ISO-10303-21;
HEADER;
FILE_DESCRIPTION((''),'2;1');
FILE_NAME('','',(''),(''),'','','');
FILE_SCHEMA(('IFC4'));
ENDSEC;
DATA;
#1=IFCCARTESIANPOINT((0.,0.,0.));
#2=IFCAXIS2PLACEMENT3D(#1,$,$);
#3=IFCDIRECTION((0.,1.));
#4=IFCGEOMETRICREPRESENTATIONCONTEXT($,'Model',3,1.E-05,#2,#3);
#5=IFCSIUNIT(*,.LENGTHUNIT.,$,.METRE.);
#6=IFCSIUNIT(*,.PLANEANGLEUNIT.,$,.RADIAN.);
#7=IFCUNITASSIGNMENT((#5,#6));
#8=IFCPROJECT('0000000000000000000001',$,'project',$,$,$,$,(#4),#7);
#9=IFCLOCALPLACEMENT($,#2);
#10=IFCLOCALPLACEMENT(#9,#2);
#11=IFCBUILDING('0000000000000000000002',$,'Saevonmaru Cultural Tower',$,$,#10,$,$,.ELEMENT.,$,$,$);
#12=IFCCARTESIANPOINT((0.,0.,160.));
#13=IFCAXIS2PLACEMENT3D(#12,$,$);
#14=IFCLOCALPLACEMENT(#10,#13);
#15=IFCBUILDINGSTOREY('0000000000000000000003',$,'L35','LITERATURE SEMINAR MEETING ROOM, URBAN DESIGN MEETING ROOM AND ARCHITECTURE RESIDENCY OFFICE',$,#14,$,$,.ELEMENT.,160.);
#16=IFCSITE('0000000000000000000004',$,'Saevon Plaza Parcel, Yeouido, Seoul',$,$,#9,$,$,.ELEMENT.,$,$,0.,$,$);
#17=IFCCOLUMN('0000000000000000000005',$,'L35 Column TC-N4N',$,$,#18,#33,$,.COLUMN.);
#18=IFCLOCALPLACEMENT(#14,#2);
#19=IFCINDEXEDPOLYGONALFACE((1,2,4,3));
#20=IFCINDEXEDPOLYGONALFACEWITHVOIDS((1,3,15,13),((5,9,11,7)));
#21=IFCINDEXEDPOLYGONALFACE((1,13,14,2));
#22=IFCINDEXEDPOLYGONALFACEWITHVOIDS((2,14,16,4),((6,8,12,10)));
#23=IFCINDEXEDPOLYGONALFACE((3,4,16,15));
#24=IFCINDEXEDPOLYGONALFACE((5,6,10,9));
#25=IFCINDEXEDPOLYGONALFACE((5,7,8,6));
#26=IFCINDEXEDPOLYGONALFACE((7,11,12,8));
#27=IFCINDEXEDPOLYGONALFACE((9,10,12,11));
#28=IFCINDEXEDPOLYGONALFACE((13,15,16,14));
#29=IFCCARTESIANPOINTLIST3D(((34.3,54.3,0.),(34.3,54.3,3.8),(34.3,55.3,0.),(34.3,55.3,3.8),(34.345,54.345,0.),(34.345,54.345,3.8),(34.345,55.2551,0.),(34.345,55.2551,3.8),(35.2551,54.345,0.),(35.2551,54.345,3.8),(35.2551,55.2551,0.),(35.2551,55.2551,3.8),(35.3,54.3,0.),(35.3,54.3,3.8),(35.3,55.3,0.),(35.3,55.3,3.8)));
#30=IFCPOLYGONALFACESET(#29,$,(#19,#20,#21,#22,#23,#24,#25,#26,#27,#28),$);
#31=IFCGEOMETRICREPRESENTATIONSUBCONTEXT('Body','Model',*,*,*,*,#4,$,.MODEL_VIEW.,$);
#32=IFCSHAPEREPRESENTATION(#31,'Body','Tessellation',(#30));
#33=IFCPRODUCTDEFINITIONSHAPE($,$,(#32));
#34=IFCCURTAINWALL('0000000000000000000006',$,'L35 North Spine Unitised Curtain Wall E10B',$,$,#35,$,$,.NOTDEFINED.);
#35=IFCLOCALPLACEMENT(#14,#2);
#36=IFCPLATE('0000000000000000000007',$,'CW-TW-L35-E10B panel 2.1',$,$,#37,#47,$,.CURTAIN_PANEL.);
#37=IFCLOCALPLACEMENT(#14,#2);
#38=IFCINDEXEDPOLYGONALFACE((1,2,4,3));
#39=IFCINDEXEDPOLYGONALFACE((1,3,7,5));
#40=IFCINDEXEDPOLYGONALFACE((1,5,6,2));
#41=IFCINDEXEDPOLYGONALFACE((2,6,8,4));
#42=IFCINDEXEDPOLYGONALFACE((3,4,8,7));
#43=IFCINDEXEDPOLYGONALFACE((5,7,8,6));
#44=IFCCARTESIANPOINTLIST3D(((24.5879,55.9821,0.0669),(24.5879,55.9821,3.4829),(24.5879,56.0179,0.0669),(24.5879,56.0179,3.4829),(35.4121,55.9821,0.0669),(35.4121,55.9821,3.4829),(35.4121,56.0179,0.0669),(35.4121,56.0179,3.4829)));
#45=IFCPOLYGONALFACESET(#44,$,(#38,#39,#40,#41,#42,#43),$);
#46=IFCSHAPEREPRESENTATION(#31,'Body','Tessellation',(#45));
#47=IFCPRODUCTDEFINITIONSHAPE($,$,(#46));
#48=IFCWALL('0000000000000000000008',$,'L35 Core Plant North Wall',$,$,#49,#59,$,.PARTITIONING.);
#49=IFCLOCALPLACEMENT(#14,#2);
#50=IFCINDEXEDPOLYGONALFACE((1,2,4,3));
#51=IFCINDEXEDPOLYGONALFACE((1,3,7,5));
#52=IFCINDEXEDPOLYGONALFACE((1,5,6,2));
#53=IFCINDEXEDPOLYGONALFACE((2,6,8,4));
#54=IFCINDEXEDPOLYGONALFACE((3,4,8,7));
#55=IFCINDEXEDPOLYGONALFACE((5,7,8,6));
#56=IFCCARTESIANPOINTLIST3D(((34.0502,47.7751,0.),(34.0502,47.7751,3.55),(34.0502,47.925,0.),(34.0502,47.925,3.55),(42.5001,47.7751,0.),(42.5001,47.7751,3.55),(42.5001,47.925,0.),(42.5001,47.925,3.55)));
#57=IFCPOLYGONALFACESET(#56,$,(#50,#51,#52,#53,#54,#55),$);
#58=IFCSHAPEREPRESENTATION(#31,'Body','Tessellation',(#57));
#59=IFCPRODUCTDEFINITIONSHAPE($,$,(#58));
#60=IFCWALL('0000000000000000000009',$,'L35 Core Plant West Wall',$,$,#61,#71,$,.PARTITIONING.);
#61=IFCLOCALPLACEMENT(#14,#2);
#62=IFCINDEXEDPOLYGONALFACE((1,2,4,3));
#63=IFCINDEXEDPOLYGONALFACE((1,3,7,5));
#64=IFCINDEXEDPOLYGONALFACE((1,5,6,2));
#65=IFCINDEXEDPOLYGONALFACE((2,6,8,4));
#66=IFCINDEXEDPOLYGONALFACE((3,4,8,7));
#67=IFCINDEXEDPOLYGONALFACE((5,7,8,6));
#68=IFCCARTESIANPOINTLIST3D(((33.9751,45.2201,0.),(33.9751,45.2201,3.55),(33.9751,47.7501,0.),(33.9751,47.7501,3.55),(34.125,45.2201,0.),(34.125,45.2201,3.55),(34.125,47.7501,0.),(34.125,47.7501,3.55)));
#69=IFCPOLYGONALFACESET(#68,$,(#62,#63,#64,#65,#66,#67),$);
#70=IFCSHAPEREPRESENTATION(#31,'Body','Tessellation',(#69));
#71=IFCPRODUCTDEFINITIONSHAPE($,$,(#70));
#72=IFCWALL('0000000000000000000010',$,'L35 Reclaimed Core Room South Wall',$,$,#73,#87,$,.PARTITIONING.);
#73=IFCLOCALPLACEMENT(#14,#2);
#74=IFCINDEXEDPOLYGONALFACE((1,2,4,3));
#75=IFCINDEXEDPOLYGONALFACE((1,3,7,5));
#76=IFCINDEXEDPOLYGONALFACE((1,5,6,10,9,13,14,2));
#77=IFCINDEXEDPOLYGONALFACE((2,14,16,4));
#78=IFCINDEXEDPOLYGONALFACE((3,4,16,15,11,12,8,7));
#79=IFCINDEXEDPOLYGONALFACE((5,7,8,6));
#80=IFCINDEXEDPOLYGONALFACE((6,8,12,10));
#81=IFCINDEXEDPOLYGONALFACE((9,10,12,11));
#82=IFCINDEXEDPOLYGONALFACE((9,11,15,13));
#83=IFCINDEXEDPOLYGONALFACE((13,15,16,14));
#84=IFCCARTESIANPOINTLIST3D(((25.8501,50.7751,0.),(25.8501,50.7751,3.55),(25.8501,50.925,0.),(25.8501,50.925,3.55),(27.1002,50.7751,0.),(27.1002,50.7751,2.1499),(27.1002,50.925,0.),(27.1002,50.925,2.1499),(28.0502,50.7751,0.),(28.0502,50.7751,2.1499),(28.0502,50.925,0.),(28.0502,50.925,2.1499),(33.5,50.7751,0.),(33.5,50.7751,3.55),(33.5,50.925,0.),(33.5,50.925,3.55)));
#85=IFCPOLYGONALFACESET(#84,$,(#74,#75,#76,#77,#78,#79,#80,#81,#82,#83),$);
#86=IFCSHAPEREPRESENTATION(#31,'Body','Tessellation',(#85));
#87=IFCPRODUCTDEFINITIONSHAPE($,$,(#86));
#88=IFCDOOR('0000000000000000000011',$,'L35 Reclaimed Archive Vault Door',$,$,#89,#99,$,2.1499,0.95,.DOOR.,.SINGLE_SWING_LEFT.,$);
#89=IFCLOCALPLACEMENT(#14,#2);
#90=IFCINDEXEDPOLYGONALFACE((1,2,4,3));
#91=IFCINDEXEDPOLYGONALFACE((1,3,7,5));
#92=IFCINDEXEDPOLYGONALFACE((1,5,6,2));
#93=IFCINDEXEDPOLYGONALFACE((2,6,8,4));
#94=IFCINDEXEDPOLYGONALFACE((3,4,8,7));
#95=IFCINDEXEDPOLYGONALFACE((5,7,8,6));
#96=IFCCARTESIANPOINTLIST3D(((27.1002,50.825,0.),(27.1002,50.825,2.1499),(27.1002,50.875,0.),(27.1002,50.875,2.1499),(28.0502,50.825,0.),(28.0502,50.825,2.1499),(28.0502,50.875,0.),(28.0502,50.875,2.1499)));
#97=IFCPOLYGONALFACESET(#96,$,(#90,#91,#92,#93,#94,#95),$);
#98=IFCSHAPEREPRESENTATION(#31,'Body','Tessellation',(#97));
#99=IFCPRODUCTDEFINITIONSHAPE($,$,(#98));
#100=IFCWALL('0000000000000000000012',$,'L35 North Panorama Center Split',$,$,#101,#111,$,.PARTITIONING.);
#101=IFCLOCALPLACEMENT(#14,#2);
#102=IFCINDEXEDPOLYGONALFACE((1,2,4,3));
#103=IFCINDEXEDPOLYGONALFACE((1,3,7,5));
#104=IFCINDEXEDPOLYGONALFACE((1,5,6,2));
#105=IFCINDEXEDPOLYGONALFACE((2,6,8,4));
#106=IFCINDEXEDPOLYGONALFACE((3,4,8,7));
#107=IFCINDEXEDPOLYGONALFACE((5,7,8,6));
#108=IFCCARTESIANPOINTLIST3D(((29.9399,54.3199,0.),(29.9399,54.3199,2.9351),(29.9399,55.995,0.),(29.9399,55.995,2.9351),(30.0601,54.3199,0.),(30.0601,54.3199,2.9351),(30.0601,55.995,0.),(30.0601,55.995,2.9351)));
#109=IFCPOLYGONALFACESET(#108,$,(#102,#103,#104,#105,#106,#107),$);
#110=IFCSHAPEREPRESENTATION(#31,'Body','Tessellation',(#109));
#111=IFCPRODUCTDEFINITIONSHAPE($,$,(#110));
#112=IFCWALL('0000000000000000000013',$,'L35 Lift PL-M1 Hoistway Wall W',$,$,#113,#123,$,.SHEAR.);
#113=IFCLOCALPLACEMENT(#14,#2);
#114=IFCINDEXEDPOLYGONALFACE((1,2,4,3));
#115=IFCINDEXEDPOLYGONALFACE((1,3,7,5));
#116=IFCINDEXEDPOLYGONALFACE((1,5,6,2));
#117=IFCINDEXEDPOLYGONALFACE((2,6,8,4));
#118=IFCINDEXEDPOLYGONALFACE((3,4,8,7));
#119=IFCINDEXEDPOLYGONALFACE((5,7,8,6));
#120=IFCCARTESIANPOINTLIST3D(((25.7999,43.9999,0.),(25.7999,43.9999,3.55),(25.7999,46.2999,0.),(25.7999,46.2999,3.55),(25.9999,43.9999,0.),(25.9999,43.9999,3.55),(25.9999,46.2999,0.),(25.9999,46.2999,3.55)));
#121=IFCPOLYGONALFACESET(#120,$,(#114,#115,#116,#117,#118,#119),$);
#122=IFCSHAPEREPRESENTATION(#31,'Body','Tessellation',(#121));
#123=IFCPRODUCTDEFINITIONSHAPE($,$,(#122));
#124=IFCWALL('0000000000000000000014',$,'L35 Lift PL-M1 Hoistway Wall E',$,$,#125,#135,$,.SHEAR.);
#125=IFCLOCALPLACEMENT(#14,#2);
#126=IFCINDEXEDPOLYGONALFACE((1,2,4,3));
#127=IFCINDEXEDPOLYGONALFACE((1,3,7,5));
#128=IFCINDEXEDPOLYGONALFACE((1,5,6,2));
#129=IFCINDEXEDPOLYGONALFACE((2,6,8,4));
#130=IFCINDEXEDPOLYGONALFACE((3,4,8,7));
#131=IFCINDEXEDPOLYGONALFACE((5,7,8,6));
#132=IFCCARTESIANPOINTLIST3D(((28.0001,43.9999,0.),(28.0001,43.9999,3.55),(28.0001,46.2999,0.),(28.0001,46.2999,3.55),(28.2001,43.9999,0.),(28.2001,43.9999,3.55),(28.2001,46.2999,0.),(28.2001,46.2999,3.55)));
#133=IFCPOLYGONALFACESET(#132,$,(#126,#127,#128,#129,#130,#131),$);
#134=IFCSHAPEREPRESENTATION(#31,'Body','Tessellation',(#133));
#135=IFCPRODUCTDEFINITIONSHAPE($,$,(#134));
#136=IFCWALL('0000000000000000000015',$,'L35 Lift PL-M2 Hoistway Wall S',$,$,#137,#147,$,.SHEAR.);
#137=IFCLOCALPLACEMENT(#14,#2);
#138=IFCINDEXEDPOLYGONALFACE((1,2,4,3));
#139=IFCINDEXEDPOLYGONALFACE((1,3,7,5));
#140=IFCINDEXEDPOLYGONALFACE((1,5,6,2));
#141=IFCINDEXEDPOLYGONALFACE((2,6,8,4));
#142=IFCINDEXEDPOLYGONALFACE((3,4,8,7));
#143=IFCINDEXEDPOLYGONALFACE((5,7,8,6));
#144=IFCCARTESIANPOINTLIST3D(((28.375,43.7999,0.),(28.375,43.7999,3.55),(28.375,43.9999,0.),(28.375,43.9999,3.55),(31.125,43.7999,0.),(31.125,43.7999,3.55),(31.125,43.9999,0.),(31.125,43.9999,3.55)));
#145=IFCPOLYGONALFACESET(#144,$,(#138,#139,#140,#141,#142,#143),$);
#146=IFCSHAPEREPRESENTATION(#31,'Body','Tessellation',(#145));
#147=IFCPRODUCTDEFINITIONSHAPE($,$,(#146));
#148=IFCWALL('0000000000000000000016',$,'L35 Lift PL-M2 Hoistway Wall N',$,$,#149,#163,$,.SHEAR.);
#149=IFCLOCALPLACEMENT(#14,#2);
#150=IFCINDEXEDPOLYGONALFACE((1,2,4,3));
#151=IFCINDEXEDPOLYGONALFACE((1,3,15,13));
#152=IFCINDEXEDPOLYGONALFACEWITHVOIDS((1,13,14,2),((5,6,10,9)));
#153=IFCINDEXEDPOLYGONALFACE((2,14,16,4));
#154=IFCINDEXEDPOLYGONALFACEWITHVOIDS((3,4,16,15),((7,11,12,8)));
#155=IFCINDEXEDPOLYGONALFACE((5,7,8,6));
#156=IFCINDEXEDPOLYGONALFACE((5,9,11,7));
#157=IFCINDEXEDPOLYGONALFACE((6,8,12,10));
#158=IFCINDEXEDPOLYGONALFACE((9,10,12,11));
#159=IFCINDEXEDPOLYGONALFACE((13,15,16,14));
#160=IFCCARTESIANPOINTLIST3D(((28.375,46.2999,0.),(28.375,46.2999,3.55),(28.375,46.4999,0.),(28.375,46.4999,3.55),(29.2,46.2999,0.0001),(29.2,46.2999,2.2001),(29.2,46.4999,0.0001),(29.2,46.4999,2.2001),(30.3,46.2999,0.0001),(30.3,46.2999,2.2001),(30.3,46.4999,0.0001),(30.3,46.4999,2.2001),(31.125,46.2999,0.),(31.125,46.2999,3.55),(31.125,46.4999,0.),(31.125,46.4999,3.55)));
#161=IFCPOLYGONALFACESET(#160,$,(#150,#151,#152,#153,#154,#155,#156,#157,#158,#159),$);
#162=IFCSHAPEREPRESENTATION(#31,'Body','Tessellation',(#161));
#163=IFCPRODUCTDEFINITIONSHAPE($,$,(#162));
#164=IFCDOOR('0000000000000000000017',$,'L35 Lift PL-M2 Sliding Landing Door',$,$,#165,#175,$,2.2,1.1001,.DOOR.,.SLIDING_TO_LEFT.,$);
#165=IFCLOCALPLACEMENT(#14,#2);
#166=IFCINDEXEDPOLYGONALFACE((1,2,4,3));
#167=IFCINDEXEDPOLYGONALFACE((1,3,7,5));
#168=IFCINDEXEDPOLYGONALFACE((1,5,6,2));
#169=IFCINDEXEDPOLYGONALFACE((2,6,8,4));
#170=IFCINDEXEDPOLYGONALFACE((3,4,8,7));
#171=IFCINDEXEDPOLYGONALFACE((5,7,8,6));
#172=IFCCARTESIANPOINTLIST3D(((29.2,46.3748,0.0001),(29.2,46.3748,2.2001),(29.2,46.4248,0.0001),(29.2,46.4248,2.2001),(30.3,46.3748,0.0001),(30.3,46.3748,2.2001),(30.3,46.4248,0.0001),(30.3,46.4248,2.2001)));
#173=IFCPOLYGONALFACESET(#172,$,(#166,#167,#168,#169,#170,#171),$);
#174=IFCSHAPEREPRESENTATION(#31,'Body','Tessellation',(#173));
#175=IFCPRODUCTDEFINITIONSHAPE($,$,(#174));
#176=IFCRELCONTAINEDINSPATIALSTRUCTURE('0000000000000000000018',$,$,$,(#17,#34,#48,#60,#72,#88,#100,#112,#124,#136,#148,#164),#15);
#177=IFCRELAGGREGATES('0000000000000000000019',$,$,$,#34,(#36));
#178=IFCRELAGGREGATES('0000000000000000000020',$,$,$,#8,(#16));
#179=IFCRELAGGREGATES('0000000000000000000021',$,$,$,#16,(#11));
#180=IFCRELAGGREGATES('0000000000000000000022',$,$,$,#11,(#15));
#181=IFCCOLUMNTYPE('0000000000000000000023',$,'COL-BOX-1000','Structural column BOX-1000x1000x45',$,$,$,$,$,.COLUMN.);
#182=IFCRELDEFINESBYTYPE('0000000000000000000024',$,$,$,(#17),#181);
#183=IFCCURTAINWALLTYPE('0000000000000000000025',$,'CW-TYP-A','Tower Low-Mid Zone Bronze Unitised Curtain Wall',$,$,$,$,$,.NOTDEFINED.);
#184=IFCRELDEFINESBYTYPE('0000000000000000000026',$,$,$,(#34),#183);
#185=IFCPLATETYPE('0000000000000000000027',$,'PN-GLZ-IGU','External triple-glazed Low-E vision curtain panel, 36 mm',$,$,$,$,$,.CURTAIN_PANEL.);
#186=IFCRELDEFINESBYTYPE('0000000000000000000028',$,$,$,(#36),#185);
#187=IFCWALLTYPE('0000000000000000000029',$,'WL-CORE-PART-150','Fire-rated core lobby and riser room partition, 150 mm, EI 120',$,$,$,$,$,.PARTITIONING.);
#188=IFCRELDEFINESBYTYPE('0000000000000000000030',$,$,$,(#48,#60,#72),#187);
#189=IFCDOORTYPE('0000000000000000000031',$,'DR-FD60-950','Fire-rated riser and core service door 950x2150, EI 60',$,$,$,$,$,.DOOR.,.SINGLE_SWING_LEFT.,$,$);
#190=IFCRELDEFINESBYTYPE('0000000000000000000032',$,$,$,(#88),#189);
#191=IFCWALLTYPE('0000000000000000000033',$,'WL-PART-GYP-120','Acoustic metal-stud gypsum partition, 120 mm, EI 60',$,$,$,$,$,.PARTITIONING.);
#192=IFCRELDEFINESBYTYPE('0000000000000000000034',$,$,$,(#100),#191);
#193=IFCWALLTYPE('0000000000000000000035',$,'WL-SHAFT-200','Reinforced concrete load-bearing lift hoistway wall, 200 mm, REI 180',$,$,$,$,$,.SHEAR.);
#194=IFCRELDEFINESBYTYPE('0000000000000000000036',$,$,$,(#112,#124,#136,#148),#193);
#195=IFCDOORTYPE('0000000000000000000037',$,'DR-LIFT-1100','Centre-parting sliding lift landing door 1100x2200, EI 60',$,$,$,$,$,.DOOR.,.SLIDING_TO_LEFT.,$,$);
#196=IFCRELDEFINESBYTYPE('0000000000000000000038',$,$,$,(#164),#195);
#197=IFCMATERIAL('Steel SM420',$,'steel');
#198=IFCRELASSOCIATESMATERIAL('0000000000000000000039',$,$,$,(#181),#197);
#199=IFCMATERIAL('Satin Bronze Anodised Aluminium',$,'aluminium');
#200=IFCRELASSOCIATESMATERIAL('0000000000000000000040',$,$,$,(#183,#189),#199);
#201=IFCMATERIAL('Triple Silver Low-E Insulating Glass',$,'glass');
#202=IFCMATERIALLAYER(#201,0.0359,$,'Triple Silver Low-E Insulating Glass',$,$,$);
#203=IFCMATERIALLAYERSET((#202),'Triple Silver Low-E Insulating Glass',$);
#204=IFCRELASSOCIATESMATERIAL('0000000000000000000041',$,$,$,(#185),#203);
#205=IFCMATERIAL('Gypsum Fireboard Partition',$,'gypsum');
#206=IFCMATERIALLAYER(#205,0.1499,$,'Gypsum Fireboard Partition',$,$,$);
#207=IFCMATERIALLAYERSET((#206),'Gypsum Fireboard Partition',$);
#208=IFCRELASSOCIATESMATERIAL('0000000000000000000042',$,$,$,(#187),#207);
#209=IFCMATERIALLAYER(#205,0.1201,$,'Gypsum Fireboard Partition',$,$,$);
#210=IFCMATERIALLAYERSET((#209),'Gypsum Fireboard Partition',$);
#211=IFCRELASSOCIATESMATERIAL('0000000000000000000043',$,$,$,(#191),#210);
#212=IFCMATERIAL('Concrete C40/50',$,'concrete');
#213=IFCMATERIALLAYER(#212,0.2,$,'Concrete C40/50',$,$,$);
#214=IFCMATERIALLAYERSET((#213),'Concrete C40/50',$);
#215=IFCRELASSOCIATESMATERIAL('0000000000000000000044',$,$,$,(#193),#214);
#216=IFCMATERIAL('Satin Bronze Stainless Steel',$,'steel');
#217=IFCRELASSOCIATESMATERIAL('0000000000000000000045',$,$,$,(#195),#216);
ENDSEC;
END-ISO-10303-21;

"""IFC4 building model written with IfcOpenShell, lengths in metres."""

from ifc_helpers import new_model, si_unit, direction, frame, frame_2d, origin, origin_2d, place, context, subcontext, project, spatial, rectangle, hollow_rectangle, extrude, material, layer, layer_set, material_profile, profile_set, type_object, element, fill, aggregate, save


model = new_model("IFC4")

# Units and contexts
model_context = context("Model", 3, precision=1e-05, world=origin(), true_north=direction((0.0, 1.0)))
body_context = subcontext(model_context, "Body", "Model", "MODEL_VIEW")
ifc_project = project(units=[si_unit("LENGTHUNIT", "METRE"), si_unit("PLANEANGLEUNIT", "RADIAN")], contexts=[model_context])

# Site, building, storey
site_placement = place(None, origin())
site = spatial("IfcSite", under=ifc_project, at=site_placement, Name="Saevon Plaza Parcel, Yeouido, Seoul", CompositionType="ELEMENT", RefElevation=0.0)
building_placement = place(site_placement, origin())
building = spatial("IfcBuilding", under=site, at=building_placement, Name="Saevonmaru Cultural Tower", CompositionType="ELEMENT")
storey_placement = place(building_placement, frame((0.0, 0.0, 160.0)))
storey = spatial("IfcBuildingStorey", under=building, at=storey_placement, Name="L35", Description="LITERATURE SEMINAR MEETING ROOM, URBAN DESIGN MEETING ROOM AND ARCHITECTURE RESIDENCY OFFICE", CompositionType="ELEMENT", Elevation=160.0)

# Column
ifc_material_1 = material(Name="Steel SM420", Category="steel")
ifc_material_profile = material_profile(ifc_material_1, hollow_rectangle(XDim=1.0, YDim=1.0, WallThickness=0.0449, at=origin_2d()), Name="BOX-1000x1000x45")
ifc_profile_set = profile_set([ifc_material_profile], Name="Steel SM420")
column_type = type_object("IfcColumnType", Name="COL-BOX-1000", Description="Structural column BOX-1000x1000x45", PredefinedType="COLUMN", material=ifc_profile_set)
column_placement = place(storey_placement, frame((34.8, 54.8, 0.0), z_axis=(0.0, 0.0, 1.0), x_axis=(1.0, 0.0, 0.0)))
element("IfcColumn", 1, at=column_placement, inside=storey, type_object=column_type, Name="L35 Column TC-N4N", PredefinedType="COLUMN", context=body_context, shape_type="SweptSolid", body=[
    extrude(hollow_rectangle(XDim=1.0, YDim=1.0, WallThickness=0.0449, at=origin_2d()), origin(), (0.0, 0.0, 1.0), 3.8),
])

# Curtain wall, plate
ifc_material_2 = material(Name="Satin Bronze Anodised Aluminium", Category="aluminium")
curtain_wall_type = type_object("IfcCurtainWallType", Name="CW-TYP-A", Description="Tower Low-Mid Zone Bronze Unitised Curtain Wall", PredefinedType="NOTDEFINED", material=ifc_material_2)
curtain_wall_placement = place(storey_placement, origin())
curtain_wall = element("IfcCurtainWall", 2, at=curtain_wall_placement, inside=storey, type_object=curtain_wall_type, Name="L35 North Spine Unitised Curtain Wall E10B", PredefinedType="NOTDEFINED")
ifc_material_3 = material(Name="Triple Silver Low-E Insulating Glass", Category="glass")
ifc_layer_1 = layer(ifc_material_3, 0.0359, Name="Triple Silver Low-E Insulating Glass")
ifc_layer_set_1 = layer_set([ifc_layer_1], Name="Triple Silver Low-E Insulating Glass")
plate_type = type_object("IfcPlateType", Name="PN-GLZ-IGU", Description="External triple-glazed Low-E vision curtain panel, 36 mm", PredefinedType="CURTAIN_PANEL", material=ifc_layer_set_1)
plate_placement = place(storey_placement, frame((30.0, 56.0, 0.0669), z_axis=(0.0, 0.0, 1.0), x_axis=(-1.0, 0.0, 0.0)))
plate = element("IfcPlate", 3, at=plate_placement, type_object=plate_type, Name="CW-TW-L35-E10B panel 2.1", PredefinedType="CURTAIN_PANEL", context=body_context, shape_type="SweptSolid", body=[
    extrude(rectangle(XDim=10.8242, YDim=0.0359, at=origin_2d()), origin(), (0.0, 0.0, 1.0), 3.416),
])
aggregate(curtain_wall, [plate])

# Shared definitions
ifc_material_4 = material(Name="Gypsum Fireboard Partition", Category="gypsum")
ifc_layer_2 = layer(ifc_material_4, 0.1499, Name="Gypsum Fireboard Partition")
ifc_layer_set_2 = layer_set([ifc_layer_2], Name="Gypsum Fireboard Partition")
wall_type_1 = type_object("IfcWallType", Name="WL-CORE-PART-150", Description="Fire-rated core lobby and riser room partition, 150 mm, EI 120", PredefinedType="PARTITIONING", material=ifc_layer_set_2)

# Shared definitions
door_type_1 = type_object("IfcDoorType", Name="DR-FD60-950", Description="Fire-rated riser and core service door 950x2150, EI 60", OperationType="SINGLE_SWING_LEFT", PredefinedType="DOOR", material=ifc_material_2)

# Walls
wall_1_placement = place(storey_placement, frame((34.05, 47.8501, 0.0), z_axis=(0.0, 0.0, 1.0), x_axis=(1.0, 0.0, 0.0)))
element("IfcWall", 4, at=wall_1_placement, inside=storey, type_object=wall_type_1, Name="L35 Core Plant North Wall", PredefinedType="PARTITIONING", context=body_context, shape_type="SweptSolid", body=[
    extrude(rectangle(XDim=8.45, YDim=0.1499, at=frame_2d((4.2251, 0.0))), origin(), (0.0, 0.0, 1.0), 3.55),
])
wall_2_placement = place(storey_placement, frame((34.05, 45.22, 0.0), z_axis=(0.0, 0.0, 1.0), x_axis=(0.0, 1.0, 0.0)))
element("IfcWall", 5, at=wall_2_placement, inside=storey, type_object=wall_type_1, Name="L35 Core Plant West Wall", PredefinedType="PARTITIONING", context=body_context, shape_type="SweptSolid", body=[
    extrude(rectangle(XDim=2.53, YDim=0.1499, at=frame_2d((1.2651, 0.0))), origin(), (0.0, 0.0, 1.0), 3.55),
])

# Wall, opening, door
wall_3_placement = place(storey_placement, frame((25.8501, 50.8501, 0.0), z_axis=(0.0, 0.0, 1.0), x_axis=(1.0, 0.0, 0.0)))
wall_3 = element("IfcWall", 6, at=wall_3_placement, inside=storey, type_object=wall_type_1, Name="L35 Reclaimed Core Room South Wall", PredefinedType="PARTITIONING", context=body_context, shape_type="SweptSolid", body=[
    extrude(rectangle(XDim=7.6499, YDim=0.1499, at=frame_2d((3.825, 0.0))), origin(), (0.0, 0.0, 1.0), 3.55),
])
opening_1_placement = place(wall_3_placement, frame((1.25, 0.0, 0.0)))
opening_1 = element("IfcOpeningElement", 7, at=opening_1_placement, cuts=wall_3, PredefinedType="OPENING", context=body_context, shape_type="SweptSolid", body=[
    extrude(rectangle(XDim=0.95, YDim=2.1499, at=frame_2d((0.4751, 1.075))), frame((0.0, 0.085, 0.0), z_axis=(0.0, -1.0, 0.0), x_axis=(1.0, 0.0, 0.0)), (0.0, 0.0, 1.0), 0.1699),
])
door_1_placement = place(opening_1_placement, origin())
door_1 = element("IfcDoor", 8, at=door_1_placement, inside=storey, type_object=door_type_1, Name="L35 Reclaimed Archive Vault Door", OperationType="SINGLE_SWING_LEFT", OverallHeight=2.1499, OverallWidth=0.95, PredefinedType="DOOR", context=body_context, shape_type="SweptSolid", body=[
    extrude(rectangle(XDim=0.95, YDim=2.1499, at=frame_2d((0.4751, 1.075))), frame((0.0, 0.0249, 0.0), z_axis=(0.0, -1.0, 0.0), x_axis=(1.0, 0.0, 0.0)), (0.0, 0.0, 1.0), 0.05),
])
fill(opening_1, door_1)

# Walls
ifc_layer_3 = layer(ifc_material_4, 0.1201, Name="Gypsum Fireboard Partition")
ifc_layer_set_3 = layer_set([ifc_layer_3], Name="Gypsum Fireboard Partition")
wall_type_2 = type_object("IfcWallType", Name="WL-PART-GYP-120", Description="Acoustic metal-stud gypsum partition, 120 mm, EI 60", PredefinedType="PARTITIONING", material=ifc_layer_set_3)
wall_4_placement = place(storey_placement, frame((30.0, 54.3201, 0.0), z_axis=(0.0, 0.0, 1.0), x_axis=(0.0, 1.0, 0.0)))
element("IfcWall", 9, at=wall_4_placement, inside=storey, type_object=wall_type_2, Name="L35 North Panorama Center Split", PredefinedType="PARTITIONING", context=body_context, shape_type="SweptSolid", body=[
    extrude(rectangle(XDim=1.675, YDim=0.1201, at=frame_2d((0.8374, 0.0))), origin(), (0.0, 0.0, 1.0), 2.9351),
])
ifc_material_5 = material(Name="Concrete C40/50", Category="concrete")
ifc_layer_4 = layer(ifc_material_5, 0.2, Name="Concrete C40/50")
ifc_layer_set_4 = layer_set([ifc_layer_4], Name="Concrete C40/50")
wall_type_3 = type_object("IfcWallType", Name="WL-SHAFT-200", Description="Reinforced concrete load-bearing lift hoistway wall, 200 mm, REI 180", PredefinedType="SHEAR", material=ifc_layer_set_4)
for number, where, z_axis, x_axis, name in (
    (10, (25.8999, 44.0, 0.0), (0.0, 0.0, 1.0), (0.0, 1.0, 0.0), "L35 Lift PL-M1 Hoistway Wall W"),
    (11, (28.1001, 44.0, 0.0), (0.0, 0.0, 1.0), (0.0, 1.0, 0.0), "L35 Lift PL-M1 Hoistway Wall E"),
):
    element("IfcWall", number, at=place(storey_placement, frame(where, z_axis=z_axis, x_axis=x_axis)), inside=storey, type_object=wall_type_3, Name=name, PredefinedType="SHEAR", context=body_context, shape_type="SweptSolid", body=[
        extrude(rectangle(XDim=2.3, YDim=0.2, at=frame_2d((1.1499, 0.0))), origin(), (0.0, 0.0, 1.0), 3.55),
    ])
wall_5_placement = place(storey_placement, frame((28.375, 43.8999, 0.0), z_axis=(0.0, 0.0, 1.0), x_axis=(1.0, 0.0, 0.0)))
element("IfcWall", 12, at=wall_5_placement, inside=storey, type_object=wall_type_3, Name="L35 Lift PL-M2 Hoistway Wall S", PredefinedType="SHEAR", context=body_context, shape_type="SweptSolid", body=[
    extrude(rectangle(XDim=2.75, YDim=0.2, at=frame_2d((1.375, 0.0))), origin(), (0.0, 0.0, 1.0), 3.55),
])

# Wall, opening, door
wall_6_placement = place(storey_placement, frame((28.375, 46.3999, 0.0), z_axis=(0.0, 0.0, 1.0), x_axis=(1.0, 0.0, 0.0)))
wall_6 = element("IfcWall", 13, at=wall_6_placement, inside=storey, type_object=wall_type_3, Name="L35 Lift PL-M2 Hoistway Wall N", PredefinedType="SHEAR", context=body_context, shape_type="SweptSolid", body=[
    extrude(rectangle(XDim=2.75, YDim=0.2, at=frame_2d((1.375, 0.0))), origin(), (0.0, 0.0, 1.0), 3.55),
])
opening_2_placement = place(wall_6_placement, frame((0.825, 0.0, 0.0)))
opening_2 = element("IfcOpeningElement", 14, at=opening_2_placement, cuts=wall_6, PredefinedType="OPENING", context=body_context, shape_type="SweptSolid", body=[
    extrude(rectangle(XDim=1.1001, YDim=2.2, at=frame_2d((0.55, 1.1001))), frame((0.0, 0.1099, 0.0), z_axis=(0.0, -1.0, 0.0), x_axis=(1.0, 0.0, 0.0)), (0.0, 0.0, 1.0), 0.22),
])
ifc_material_6 = material(Name="Satin Bronze Stainless Steel", Category="steel")
door_type_2 = type_object("IfcDoorType", Name="DR-LIFT-1100", Description="Centre-parting sliding lift landing door 1100x2200, EI 60", OperationType="SLIDING_TO_LEFT", PredefinedType="DOOR", material=ifc_material_6)
door_2_placement = place(opening_2_placement, origin())
door_2 = element("IfcDoor", 15, at=door_2_placement, inside=storey, type_object=door_type_2, Name="L35 Lift PL-M2 Sliding Landing Door", OperationType="SLIDING_TO_LEFT", OverallHeight=2.2, OverallWidth=1.1001, PredefinedType="DOOR", context=body_context, shape_type="SweptSolid", body=[
    extrude(rectangle(XDim=1.1001, YDim=2.2, at=frame_2d((0.55, 1.1001))), frame((0.0, 0.0249, 0.0), z_axis=(0.0, -1.0, 0.0), x_axis=(1.0, 0.0, 0.0)), (0.0, 0.0, 1.0), 0.05),
])
fill(opening_2, door_2)

save(model, "model.ifc")
